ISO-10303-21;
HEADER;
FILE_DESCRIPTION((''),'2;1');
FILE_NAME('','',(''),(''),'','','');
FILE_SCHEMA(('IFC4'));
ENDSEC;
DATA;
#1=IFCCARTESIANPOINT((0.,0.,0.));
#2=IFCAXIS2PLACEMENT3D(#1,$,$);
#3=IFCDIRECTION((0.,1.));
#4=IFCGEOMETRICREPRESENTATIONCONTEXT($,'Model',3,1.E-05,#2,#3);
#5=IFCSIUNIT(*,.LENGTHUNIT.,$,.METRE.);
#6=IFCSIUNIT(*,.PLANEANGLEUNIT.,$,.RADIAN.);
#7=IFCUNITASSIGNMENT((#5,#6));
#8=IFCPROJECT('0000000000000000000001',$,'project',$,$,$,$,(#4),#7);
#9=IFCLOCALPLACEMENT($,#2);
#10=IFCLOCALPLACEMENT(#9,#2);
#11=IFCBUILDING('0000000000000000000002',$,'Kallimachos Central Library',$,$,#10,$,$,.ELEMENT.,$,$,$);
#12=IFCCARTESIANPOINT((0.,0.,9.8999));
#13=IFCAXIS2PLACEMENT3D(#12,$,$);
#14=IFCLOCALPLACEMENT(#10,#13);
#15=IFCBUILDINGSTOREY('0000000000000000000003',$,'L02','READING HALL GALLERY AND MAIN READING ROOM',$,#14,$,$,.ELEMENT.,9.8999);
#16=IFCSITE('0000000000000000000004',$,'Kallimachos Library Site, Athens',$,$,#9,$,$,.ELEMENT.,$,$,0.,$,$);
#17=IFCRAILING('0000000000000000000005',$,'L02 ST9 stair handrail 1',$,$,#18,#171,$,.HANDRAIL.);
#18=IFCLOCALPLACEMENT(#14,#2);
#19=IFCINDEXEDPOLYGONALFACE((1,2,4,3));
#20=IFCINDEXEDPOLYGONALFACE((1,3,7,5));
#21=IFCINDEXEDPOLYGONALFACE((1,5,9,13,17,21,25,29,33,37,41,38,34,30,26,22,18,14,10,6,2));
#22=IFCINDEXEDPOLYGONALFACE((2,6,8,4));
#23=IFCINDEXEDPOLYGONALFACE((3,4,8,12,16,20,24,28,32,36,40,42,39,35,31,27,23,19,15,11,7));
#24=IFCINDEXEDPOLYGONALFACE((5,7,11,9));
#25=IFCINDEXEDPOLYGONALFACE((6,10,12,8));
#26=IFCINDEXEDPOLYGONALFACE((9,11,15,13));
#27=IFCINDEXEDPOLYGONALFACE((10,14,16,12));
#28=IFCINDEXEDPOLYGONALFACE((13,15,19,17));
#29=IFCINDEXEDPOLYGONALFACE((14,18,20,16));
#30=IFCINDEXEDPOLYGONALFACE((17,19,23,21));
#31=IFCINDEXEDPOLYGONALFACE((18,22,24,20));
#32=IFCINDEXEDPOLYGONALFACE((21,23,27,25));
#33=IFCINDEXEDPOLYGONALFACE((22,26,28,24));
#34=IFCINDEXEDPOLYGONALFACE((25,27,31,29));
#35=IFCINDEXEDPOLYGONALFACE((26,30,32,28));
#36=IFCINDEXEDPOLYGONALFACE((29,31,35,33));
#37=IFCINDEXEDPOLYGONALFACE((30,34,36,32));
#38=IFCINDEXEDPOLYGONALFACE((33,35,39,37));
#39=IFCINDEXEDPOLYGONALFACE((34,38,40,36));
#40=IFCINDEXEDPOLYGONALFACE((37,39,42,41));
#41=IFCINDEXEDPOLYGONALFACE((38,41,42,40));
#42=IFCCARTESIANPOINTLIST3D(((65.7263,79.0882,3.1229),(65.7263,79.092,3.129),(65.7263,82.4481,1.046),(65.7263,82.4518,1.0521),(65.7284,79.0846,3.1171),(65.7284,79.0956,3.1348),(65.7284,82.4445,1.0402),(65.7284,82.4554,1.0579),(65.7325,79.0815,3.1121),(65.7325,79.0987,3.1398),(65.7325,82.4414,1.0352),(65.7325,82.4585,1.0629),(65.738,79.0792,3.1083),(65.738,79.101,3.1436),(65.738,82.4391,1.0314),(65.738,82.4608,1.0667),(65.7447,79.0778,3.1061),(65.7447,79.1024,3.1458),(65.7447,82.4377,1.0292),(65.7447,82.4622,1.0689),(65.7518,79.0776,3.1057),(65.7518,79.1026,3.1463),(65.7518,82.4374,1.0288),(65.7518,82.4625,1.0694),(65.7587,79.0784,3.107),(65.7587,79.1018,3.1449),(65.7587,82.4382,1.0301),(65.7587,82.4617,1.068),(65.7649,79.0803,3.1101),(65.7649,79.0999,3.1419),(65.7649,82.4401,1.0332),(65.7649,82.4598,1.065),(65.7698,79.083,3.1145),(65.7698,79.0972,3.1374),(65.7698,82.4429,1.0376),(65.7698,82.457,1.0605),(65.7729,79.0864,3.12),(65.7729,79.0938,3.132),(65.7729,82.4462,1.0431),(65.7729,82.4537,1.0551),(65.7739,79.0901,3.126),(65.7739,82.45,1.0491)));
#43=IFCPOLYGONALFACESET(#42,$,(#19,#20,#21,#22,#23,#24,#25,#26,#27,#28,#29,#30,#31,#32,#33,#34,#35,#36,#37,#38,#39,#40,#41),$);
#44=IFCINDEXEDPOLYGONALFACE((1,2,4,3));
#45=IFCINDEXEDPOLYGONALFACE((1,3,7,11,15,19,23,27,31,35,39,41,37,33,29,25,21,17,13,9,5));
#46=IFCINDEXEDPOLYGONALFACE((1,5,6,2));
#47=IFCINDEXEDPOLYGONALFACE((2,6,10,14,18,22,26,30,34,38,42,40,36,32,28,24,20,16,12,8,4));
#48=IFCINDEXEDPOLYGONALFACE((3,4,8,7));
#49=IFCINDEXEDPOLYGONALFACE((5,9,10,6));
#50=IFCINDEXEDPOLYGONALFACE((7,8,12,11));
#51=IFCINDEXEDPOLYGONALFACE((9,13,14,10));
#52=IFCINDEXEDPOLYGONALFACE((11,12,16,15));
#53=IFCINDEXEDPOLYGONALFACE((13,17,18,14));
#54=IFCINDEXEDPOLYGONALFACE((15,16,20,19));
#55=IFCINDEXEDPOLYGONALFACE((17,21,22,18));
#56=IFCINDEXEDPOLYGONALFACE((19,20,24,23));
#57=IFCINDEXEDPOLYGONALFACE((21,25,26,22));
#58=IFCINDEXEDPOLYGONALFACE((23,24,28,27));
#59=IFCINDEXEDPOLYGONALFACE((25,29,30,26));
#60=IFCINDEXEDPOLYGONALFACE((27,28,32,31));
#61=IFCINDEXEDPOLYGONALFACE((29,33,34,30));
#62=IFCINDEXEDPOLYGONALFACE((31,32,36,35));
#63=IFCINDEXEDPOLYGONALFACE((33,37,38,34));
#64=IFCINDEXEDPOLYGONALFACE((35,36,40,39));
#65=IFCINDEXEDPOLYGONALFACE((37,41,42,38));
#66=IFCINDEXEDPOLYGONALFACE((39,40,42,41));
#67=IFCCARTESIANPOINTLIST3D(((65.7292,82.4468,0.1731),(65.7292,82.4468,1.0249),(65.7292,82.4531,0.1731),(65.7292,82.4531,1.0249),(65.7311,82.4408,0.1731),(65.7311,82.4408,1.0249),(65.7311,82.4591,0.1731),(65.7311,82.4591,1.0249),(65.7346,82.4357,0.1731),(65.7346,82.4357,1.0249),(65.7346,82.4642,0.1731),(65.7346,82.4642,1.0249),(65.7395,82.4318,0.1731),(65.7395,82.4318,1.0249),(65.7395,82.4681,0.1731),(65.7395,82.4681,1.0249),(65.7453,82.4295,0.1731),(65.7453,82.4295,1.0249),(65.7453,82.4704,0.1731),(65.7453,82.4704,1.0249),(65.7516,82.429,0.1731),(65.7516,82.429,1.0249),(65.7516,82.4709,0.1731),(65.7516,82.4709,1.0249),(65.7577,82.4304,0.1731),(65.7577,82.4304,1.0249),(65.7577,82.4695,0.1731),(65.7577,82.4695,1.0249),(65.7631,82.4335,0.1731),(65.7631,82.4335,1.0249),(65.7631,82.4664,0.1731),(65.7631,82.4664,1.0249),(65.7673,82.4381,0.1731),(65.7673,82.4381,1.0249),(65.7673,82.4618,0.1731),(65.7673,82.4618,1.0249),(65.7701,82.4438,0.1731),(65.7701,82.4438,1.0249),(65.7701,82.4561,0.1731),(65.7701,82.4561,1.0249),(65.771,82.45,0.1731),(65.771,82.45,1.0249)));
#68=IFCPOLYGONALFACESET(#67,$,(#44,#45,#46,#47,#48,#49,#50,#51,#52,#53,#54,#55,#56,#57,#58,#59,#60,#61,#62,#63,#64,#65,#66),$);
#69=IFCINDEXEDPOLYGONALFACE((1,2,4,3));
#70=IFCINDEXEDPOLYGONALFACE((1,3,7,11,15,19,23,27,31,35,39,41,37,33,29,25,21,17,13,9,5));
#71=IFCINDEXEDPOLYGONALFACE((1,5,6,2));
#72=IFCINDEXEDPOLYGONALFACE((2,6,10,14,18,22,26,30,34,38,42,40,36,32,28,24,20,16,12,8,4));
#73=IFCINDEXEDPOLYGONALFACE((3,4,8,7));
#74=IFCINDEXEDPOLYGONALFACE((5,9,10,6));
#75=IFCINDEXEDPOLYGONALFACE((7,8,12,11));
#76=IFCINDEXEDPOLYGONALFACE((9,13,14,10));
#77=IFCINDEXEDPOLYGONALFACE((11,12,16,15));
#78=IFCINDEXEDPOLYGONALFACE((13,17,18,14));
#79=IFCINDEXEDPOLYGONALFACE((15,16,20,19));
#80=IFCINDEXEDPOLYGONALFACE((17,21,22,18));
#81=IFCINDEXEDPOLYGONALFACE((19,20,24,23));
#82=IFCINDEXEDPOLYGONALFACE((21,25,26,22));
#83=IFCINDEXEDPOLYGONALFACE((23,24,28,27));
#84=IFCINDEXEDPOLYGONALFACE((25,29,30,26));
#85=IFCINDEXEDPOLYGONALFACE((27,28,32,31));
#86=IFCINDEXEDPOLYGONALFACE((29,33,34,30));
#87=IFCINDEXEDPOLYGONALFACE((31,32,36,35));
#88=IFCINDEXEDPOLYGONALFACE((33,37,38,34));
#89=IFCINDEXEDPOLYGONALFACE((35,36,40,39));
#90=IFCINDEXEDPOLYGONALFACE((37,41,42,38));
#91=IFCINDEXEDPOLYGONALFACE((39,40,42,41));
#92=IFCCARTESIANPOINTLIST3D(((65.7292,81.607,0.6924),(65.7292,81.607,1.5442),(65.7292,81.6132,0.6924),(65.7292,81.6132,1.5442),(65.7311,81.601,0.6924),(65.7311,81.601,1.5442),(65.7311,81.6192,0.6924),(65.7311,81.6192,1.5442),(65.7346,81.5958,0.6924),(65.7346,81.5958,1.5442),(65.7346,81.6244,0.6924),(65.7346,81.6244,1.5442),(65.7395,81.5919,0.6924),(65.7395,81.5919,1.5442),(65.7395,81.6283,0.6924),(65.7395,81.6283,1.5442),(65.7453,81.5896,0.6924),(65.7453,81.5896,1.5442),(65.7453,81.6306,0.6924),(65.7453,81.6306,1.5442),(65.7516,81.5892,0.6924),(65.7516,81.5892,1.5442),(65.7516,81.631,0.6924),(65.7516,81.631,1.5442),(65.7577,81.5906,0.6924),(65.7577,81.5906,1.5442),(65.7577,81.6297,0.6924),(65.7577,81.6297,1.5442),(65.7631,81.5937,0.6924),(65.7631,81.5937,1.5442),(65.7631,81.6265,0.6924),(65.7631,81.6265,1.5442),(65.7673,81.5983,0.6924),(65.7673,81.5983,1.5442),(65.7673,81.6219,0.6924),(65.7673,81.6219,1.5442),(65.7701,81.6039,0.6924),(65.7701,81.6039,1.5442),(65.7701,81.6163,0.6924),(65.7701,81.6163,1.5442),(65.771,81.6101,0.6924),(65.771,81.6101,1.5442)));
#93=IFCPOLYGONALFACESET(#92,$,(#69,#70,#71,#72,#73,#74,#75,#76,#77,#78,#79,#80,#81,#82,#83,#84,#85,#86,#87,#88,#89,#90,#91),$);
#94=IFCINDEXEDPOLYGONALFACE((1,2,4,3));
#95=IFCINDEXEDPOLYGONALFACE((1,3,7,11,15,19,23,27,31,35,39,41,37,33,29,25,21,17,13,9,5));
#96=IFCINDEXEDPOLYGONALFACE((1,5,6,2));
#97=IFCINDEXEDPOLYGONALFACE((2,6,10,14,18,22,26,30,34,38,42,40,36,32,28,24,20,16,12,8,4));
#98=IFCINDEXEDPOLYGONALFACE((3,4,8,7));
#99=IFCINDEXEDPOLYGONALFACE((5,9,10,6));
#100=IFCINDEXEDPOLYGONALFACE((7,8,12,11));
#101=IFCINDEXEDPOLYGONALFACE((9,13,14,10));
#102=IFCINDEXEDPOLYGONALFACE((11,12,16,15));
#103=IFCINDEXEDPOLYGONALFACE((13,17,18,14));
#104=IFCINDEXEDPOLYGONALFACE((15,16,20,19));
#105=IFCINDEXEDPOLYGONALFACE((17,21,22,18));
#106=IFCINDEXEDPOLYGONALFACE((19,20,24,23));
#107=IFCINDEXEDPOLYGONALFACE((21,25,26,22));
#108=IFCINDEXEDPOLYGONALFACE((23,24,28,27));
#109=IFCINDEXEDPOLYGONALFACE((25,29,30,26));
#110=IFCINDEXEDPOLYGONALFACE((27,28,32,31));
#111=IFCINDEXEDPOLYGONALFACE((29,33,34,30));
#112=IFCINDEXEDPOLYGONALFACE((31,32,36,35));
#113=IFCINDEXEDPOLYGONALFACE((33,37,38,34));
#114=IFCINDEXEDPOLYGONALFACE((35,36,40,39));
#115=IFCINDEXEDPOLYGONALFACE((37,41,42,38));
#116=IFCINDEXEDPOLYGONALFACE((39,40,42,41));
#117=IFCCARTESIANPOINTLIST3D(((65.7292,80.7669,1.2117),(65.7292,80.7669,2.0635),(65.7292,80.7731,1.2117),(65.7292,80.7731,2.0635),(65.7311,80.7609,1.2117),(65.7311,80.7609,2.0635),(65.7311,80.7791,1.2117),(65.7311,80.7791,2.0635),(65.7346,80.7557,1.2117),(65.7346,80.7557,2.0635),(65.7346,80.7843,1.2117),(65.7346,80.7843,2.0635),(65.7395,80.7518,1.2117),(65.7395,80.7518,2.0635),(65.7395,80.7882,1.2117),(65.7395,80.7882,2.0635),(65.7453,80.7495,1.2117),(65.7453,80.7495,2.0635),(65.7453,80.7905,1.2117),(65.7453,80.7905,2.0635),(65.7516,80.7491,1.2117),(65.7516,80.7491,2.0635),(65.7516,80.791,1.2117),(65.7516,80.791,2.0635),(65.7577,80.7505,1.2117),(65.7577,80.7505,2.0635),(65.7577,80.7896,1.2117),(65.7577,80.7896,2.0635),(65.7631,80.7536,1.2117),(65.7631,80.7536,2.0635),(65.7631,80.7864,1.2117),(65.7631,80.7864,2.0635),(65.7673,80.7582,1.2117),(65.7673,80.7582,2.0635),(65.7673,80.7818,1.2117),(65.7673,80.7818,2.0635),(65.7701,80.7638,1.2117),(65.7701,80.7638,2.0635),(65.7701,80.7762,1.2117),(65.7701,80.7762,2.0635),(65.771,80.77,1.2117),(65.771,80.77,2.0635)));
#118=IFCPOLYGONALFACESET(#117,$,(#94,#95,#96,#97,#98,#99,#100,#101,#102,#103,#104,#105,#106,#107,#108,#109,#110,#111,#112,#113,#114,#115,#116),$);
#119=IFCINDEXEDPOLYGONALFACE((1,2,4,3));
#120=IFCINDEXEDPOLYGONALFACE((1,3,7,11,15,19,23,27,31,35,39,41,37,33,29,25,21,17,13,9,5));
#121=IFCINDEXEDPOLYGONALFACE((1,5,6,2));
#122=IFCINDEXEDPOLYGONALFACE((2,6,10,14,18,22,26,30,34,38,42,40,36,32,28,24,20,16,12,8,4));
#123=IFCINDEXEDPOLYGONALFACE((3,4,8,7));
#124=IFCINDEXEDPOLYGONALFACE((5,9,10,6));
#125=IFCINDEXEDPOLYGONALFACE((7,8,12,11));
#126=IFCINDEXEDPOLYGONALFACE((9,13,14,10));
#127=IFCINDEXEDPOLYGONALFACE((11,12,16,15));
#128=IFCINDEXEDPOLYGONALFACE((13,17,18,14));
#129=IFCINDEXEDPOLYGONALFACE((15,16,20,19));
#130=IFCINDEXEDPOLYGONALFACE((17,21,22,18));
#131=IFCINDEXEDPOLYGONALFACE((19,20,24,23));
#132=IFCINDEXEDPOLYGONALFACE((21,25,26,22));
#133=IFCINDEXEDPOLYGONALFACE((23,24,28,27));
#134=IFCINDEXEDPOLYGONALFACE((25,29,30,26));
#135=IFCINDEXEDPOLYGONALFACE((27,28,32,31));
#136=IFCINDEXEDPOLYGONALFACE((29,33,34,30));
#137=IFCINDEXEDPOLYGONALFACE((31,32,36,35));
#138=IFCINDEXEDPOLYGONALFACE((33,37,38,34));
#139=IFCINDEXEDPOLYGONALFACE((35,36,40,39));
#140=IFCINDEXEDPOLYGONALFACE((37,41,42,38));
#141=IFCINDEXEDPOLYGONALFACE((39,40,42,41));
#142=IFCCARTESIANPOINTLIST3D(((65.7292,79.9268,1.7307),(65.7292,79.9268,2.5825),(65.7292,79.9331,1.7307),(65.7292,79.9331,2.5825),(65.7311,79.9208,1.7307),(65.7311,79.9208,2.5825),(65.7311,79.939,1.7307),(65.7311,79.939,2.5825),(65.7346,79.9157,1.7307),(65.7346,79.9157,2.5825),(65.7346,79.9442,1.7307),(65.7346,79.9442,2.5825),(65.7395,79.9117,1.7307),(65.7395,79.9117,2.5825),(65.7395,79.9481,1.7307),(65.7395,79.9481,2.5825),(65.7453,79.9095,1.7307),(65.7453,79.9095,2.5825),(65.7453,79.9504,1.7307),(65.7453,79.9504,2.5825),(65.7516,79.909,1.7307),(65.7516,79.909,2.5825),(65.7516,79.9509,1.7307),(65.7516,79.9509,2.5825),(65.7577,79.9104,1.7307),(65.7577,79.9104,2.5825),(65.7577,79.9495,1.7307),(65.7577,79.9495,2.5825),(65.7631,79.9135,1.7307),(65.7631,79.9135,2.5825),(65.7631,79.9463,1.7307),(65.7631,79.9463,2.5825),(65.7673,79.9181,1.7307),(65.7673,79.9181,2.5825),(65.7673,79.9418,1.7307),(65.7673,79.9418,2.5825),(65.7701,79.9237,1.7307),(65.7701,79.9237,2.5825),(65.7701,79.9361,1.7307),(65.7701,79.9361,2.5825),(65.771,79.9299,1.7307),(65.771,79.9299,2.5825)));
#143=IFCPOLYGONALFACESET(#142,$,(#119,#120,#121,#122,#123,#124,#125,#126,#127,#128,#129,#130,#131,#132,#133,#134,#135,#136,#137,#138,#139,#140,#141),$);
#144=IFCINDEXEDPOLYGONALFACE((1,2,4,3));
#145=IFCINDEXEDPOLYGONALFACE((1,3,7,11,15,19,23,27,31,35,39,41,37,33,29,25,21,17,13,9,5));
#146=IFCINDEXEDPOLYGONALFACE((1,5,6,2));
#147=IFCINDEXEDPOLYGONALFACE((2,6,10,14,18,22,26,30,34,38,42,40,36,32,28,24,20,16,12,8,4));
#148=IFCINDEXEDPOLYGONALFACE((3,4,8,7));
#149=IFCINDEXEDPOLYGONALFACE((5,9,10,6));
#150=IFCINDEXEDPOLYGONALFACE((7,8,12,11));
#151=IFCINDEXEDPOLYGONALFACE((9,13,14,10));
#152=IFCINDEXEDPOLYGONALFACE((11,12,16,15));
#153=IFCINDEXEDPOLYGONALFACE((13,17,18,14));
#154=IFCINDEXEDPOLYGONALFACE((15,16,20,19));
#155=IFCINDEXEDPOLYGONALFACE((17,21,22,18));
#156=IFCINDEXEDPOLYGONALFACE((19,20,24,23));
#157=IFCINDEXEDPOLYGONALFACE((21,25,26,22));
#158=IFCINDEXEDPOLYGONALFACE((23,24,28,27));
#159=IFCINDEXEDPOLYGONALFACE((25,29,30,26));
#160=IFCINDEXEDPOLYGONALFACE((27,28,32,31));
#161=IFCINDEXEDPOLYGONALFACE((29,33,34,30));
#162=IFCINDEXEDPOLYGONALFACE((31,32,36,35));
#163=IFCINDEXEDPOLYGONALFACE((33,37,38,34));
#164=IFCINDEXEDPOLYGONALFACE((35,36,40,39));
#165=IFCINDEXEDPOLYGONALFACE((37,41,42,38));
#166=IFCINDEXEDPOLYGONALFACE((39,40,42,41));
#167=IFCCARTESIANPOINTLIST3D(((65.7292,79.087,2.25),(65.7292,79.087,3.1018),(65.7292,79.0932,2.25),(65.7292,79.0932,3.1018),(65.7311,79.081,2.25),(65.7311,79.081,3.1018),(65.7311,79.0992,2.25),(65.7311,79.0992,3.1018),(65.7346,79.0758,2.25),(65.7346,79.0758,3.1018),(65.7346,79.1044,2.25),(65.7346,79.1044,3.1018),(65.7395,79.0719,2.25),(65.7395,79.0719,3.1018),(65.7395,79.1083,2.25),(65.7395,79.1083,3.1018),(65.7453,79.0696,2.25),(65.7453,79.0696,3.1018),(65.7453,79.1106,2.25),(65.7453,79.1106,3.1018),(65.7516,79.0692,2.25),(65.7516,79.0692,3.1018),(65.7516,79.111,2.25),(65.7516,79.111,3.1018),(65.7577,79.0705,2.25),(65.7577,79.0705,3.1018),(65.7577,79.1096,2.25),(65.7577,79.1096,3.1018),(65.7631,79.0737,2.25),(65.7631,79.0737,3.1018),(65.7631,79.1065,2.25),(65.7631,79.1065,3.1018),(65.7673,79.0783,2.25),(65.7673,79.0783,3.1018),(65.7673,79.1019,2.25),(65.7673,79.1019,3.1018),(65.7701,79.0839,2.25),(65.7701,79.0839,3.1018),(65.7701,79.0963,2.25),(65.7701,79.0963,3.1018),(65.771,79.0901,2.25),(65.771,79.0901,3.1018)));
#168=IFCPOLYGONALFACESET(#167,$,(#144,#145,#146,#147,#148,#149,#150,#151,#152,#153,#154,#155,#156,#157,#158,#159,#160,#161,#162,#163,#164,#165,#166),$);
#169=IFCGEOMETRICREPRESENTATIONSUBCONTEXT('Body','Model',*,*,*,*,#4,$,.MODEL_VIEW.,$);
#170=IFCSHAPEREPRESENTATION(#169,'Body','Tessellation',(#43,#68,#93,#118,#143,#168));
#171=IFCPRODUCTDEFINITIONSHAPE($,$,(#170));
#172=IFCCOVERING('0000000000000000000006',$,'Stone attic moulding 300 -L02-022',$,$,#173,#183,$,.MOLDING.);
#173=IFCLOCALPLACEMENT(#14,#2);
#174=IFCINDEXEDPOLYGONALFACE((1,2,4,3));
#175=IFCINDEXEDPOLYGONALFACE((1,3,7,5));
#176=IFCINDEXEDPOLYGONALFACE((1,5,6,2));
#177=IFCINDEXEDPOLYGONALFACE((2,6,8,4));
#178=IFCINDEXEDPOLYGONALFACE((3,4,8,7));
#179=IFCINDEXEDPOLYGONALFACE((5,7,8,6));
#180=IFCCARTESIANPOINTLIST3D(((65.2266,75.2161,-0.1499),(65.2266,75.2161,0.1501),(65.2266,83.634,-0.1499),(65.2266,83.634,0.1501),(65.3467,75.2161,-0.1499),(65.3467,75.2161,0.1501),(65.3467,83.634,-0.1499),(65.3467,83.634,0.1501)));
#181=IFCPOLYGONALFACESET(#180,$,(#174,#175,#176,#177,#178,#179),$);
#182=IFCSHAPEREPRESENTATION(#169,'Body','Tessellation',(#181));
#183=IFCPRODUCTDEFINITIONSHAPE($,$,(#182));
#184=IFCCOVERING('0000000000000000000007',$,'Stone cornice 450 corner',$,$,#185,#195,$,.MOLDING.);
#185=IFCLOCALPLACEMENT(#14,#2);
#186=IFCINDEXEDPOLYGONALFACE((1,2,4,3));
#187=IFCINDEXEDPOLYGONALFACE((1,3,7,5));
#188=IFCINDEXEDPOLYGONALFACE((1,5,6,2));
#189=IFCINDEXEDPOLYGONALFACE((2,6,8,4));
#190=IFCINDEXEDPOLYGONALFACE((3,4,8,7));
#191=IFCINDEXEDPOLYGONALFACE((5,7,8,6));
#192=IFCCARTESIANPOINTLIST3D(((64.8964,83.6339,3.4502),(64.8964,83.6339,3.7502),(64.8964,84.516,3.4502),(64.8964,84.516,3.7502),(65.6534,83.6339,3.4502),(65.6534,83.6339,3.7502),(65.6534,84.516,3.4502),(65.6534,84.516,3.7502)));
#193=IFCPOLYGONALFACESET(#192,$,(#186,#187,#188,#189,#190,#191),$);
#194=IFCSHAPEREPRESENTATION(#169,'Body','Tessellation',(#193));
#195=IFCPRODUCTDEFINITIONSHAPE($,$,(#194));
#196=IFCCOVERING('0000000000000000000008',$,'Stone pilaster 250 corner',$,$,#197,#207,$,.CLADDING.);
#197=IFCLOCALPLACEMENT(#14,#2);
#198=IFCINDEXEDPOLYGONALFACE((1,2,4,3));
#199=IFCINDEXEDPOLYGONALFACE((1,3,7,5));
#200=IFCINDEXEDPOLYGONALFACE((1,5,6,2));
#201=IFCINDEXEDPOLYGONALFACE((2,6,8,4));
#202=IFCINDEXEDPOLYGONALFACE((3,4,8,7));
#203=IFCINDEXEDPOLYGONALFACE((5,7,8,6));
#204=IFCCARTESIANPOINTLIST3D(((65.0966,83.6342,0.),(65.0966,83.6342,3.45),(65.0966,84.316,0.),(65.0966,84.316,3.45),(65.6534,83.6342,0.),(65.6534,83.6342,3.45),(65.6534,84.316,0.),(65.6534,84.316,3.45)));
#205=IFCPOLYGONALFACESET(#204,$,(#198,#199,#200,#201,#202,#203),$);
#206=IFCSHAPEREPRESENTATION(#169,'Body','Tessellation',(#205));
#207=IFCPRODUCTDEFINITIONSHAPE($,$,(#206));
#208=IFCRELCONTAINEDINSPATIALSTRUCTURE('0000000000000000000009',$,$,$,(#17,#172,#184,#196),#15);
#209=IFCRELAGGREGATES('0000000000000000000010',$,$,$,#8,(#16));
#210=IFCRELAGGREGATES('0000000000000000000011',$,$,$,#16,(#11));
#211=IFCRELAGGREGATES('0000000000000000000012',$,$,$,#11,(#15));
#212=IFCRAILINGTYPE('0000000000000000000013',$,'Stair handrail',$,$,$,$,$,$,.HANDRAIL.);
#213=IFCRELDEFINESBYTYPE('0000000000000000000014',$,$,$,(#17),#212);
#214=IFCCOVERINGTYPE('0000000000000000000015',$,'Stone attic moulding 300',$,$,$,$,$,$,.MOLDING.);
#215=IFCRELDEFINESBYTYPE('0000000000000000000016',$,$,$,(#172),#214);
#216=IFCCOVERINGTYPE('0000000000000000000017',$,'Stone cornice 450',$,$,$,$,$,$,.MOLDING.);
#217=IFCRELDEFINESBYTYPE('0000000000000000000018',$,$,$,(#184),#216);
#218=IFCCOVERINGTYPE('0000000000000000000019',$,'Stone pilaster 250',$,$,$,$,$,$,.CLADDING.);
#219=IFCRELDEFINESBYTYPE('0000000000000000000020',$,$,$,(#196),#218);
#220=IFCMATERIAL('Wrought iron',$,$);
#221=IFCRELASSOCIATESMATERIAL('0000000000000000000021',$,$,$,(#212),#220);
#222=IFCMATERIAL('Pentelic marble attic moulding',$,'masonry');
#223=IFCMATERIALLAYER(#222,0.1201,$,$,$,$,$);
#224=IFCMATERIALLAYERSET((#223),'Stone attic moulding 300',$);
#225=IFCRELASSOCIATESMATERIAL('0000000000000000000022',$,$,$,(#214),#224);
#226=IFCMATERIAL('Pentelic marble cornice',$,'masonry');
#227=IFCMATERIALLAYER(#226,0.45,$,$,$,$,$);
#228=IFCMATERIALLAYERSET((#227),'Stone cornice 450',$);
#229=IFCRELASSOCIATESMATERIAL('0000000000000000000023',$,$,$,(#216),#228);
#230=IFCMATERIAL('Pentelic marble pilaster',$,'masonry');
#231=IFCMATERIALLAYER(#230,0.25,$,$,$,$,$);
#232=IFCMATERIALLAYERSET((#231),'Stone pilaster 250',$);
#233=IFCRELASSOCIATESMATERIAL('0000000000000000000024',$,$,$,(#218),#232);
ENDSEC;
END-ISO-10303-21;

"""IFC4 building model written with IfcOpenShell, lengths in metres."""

from ifc_helpers import new_model, si_unit, direction, frame, origin, origin_2d, place, context, subcontext, project, spatial, rectangle, circle, extrude, material, layer, layer_set, type_object, element, save


model = new_model("IFC4")

# Units and contexts
model_context = context("Model", 3, precision=1e-05, world=origin(), true_north=direction((0.0, 1.0)))
body_context = subcontext(model_context, "Body", "Model", "MODEL_VIEW")
ifc_project = project(units=[si_unit("LENGTHUNIT", "METRE"), si_unit("PLANEANGLEUNIT", "RADIAN")], contexts=[model_context])

# Site, building, storey
site_placement = place(None, origin())
site = spatial("IfcSite", under=ifc_project, at=site_placement, Name="Kallimachos Library Site, Athens", CompositionType="ELEMENT", RefElevation=0.0)
building_placement = place(site_placement, origin())
building = spatial("IfcBuilding", under=site, at=building_placement, Name="Kallimachos Central Library", CompositionType="ELEMENT")
storey_placement = place(building_placement, frame((0.0, 0.0, 9.8999)))
storey = spatial("IfcBuildingStorey", under=building, at=storey_placement, Name="L02", Description="READING HALL GALLERY AND MAIN READING ROOM", CompositionType="ELEMENT", Elevation=9.8999)

# Railing
ifc_material_1 = material(Name="Wrought iron")
railing_type = type_object("IfcRailingType", Name="Stair handrail", PredefinedType="HANDRAIL", material=ifc_material_1)
railing_placement = place(storey_placement, frame((65.75, 82.45, 0.1731)))
element("IfcRailing", 1, at=railing_placement, inside=storey, type_object=railing_type, Name="L02 ST9 stair handrail 1", PredefinedType="HANDRAIL", context=body_context, shape_type="SweptSolid", body=[
    extrude(circle(Radius=0.0239, at=origin_2d()), frame((0.0, 0.0, 0.876), z_axis=(0.0, -0.850606, 0.525803), x_axis=(1.0, 0.0, 0.0)), (0.0, 0.0, 1.0), 3.95),
    extrude(circle(Radius=0.021, at=origin_2d()), origin(), (0.0, 0.0, 1.0), 0.8518),
    extrude(circle(Radius=0.021, at=origin_2d()), frame((0.0, -0.8398, 0.5193)), (0.0, 0.0, 1.0), 0.8518),
    extrude(circle(Radius=0.021, at=origin_2d()), frame((0.0, -1.6799, 1.0386)), (0.0, 0.0, 1.0), 0.8518),
    extrude(circle(Radius=0.021, at=origin_2d()), frame((0.0, -2.52, 1.5576)), (0.0, 0.0, 1.0), 0.8518),
    extrude(circle(Radius=0.021, at=origin_2d()), frame((0.0, -3.3599, 2.0769)), (0.0, 0.0, 1.0), 0.8518),
])

# Coverings
ifc_material_2 = material(Name="Pentelic marble attic moulding", Category="masonry")
ifc_layer_1 = layer(ifc_material_2, 0.1201)
ifc_layer_set_1 = layer_set([ifc_layer_1], Name="Stone attic moulding 300")
covering_type_1 = type_object("IfcCoveringType", Name="Stone attic moulding 300", PredefinedType="MOLDING", material=ifc_layer_set_1)
covering_1_placement = place(storey_placement, frame((65.2866, 79.425, -0.1499), z_axis=(0.0, 0.0, 1.0), x_axis=(1.0, 0.0, 0.0)))
element("IfcCovering", 2, at=covering_1_placement, inside=storey, type_object=covering_type_1, Name="Stone attic moulding 300 -L02-022", PredefinedType="MOLDING", context=body_context, shape_type="SweptSolid", body=[
    extrude(rectangle(XDim=0.1201, YDim=8.418, at=origin_2d()), origin(), (0.0, 0.0, 1.0), 0.3),
])
ifc_material_3 = material(Name="Pentelic marble cornice", Category="masonry")
ifc_layer_2 = layer(ifc_material_3, 0.45)
ifc_layer_set_2 = layer_set([ifc_layer_2], Name="Stone cornice 450")
covering_type_2 = type_object("IfcCoveringType", Name="Stone cornice 450", PredefinedType="MOLDING", material=ifc_layer_set_2)
covering_2_placement = place(storey_placement, frame((65.2749, 84.075, 3.4502), z_axis=(0.0, 0.0, 1.0), x_axis=(1.0, 0.0, 0.0)))
element("IfcCovering", 3, at=covering_2_placement, inside=storey, type_object=covering_type_2, Name="Stone cornice 450 corner", PredefinedType="MOLDING", context=body_context, shape_type="SweptSolid", body=[
    extrude(rectangle(XDim=0.7571, YDim=0.8821, at=origin_2d()), origin(), (0.0, 0.0, 1.0), 0.3),
])
ifc_material_4 = material(Name="Pentelic marble pilaster", Category="masonry")
ifc_layer_3 = layer(ifc_material_4, 0.25)
ifc_layer_set_3 = layer_set([ifc_layer_3], Name="Stone pilaster 250")
covering_type_3 = type_object("IfcCoveringType", Name="Stone pilaster 250", PredefinedType="CLADDING", material=ifc_layer_set_3)
covering_3_placement = place(storey_placement, frame((65.375, 83.9751, 0.0), z_axis=(0.0, 0.0, 1.0), x_axis=(1.0, 0.0, 0.0)))
element("IfcCovering", 4, at=covering_3_placement, inside=storey, type_object=covering_type_3, Name="Stone pilaster 250 corner", PredefinedType="CLADDING", context=body_context, shape_type="SweptSolid", body=[
    extrude(rectangle(XDim=0.5569, YDim=0.6819, at=origin_2d()), origin(), (0.0, 0.0, 1.0), 3.45),
])

save(model, "model.ifc")
